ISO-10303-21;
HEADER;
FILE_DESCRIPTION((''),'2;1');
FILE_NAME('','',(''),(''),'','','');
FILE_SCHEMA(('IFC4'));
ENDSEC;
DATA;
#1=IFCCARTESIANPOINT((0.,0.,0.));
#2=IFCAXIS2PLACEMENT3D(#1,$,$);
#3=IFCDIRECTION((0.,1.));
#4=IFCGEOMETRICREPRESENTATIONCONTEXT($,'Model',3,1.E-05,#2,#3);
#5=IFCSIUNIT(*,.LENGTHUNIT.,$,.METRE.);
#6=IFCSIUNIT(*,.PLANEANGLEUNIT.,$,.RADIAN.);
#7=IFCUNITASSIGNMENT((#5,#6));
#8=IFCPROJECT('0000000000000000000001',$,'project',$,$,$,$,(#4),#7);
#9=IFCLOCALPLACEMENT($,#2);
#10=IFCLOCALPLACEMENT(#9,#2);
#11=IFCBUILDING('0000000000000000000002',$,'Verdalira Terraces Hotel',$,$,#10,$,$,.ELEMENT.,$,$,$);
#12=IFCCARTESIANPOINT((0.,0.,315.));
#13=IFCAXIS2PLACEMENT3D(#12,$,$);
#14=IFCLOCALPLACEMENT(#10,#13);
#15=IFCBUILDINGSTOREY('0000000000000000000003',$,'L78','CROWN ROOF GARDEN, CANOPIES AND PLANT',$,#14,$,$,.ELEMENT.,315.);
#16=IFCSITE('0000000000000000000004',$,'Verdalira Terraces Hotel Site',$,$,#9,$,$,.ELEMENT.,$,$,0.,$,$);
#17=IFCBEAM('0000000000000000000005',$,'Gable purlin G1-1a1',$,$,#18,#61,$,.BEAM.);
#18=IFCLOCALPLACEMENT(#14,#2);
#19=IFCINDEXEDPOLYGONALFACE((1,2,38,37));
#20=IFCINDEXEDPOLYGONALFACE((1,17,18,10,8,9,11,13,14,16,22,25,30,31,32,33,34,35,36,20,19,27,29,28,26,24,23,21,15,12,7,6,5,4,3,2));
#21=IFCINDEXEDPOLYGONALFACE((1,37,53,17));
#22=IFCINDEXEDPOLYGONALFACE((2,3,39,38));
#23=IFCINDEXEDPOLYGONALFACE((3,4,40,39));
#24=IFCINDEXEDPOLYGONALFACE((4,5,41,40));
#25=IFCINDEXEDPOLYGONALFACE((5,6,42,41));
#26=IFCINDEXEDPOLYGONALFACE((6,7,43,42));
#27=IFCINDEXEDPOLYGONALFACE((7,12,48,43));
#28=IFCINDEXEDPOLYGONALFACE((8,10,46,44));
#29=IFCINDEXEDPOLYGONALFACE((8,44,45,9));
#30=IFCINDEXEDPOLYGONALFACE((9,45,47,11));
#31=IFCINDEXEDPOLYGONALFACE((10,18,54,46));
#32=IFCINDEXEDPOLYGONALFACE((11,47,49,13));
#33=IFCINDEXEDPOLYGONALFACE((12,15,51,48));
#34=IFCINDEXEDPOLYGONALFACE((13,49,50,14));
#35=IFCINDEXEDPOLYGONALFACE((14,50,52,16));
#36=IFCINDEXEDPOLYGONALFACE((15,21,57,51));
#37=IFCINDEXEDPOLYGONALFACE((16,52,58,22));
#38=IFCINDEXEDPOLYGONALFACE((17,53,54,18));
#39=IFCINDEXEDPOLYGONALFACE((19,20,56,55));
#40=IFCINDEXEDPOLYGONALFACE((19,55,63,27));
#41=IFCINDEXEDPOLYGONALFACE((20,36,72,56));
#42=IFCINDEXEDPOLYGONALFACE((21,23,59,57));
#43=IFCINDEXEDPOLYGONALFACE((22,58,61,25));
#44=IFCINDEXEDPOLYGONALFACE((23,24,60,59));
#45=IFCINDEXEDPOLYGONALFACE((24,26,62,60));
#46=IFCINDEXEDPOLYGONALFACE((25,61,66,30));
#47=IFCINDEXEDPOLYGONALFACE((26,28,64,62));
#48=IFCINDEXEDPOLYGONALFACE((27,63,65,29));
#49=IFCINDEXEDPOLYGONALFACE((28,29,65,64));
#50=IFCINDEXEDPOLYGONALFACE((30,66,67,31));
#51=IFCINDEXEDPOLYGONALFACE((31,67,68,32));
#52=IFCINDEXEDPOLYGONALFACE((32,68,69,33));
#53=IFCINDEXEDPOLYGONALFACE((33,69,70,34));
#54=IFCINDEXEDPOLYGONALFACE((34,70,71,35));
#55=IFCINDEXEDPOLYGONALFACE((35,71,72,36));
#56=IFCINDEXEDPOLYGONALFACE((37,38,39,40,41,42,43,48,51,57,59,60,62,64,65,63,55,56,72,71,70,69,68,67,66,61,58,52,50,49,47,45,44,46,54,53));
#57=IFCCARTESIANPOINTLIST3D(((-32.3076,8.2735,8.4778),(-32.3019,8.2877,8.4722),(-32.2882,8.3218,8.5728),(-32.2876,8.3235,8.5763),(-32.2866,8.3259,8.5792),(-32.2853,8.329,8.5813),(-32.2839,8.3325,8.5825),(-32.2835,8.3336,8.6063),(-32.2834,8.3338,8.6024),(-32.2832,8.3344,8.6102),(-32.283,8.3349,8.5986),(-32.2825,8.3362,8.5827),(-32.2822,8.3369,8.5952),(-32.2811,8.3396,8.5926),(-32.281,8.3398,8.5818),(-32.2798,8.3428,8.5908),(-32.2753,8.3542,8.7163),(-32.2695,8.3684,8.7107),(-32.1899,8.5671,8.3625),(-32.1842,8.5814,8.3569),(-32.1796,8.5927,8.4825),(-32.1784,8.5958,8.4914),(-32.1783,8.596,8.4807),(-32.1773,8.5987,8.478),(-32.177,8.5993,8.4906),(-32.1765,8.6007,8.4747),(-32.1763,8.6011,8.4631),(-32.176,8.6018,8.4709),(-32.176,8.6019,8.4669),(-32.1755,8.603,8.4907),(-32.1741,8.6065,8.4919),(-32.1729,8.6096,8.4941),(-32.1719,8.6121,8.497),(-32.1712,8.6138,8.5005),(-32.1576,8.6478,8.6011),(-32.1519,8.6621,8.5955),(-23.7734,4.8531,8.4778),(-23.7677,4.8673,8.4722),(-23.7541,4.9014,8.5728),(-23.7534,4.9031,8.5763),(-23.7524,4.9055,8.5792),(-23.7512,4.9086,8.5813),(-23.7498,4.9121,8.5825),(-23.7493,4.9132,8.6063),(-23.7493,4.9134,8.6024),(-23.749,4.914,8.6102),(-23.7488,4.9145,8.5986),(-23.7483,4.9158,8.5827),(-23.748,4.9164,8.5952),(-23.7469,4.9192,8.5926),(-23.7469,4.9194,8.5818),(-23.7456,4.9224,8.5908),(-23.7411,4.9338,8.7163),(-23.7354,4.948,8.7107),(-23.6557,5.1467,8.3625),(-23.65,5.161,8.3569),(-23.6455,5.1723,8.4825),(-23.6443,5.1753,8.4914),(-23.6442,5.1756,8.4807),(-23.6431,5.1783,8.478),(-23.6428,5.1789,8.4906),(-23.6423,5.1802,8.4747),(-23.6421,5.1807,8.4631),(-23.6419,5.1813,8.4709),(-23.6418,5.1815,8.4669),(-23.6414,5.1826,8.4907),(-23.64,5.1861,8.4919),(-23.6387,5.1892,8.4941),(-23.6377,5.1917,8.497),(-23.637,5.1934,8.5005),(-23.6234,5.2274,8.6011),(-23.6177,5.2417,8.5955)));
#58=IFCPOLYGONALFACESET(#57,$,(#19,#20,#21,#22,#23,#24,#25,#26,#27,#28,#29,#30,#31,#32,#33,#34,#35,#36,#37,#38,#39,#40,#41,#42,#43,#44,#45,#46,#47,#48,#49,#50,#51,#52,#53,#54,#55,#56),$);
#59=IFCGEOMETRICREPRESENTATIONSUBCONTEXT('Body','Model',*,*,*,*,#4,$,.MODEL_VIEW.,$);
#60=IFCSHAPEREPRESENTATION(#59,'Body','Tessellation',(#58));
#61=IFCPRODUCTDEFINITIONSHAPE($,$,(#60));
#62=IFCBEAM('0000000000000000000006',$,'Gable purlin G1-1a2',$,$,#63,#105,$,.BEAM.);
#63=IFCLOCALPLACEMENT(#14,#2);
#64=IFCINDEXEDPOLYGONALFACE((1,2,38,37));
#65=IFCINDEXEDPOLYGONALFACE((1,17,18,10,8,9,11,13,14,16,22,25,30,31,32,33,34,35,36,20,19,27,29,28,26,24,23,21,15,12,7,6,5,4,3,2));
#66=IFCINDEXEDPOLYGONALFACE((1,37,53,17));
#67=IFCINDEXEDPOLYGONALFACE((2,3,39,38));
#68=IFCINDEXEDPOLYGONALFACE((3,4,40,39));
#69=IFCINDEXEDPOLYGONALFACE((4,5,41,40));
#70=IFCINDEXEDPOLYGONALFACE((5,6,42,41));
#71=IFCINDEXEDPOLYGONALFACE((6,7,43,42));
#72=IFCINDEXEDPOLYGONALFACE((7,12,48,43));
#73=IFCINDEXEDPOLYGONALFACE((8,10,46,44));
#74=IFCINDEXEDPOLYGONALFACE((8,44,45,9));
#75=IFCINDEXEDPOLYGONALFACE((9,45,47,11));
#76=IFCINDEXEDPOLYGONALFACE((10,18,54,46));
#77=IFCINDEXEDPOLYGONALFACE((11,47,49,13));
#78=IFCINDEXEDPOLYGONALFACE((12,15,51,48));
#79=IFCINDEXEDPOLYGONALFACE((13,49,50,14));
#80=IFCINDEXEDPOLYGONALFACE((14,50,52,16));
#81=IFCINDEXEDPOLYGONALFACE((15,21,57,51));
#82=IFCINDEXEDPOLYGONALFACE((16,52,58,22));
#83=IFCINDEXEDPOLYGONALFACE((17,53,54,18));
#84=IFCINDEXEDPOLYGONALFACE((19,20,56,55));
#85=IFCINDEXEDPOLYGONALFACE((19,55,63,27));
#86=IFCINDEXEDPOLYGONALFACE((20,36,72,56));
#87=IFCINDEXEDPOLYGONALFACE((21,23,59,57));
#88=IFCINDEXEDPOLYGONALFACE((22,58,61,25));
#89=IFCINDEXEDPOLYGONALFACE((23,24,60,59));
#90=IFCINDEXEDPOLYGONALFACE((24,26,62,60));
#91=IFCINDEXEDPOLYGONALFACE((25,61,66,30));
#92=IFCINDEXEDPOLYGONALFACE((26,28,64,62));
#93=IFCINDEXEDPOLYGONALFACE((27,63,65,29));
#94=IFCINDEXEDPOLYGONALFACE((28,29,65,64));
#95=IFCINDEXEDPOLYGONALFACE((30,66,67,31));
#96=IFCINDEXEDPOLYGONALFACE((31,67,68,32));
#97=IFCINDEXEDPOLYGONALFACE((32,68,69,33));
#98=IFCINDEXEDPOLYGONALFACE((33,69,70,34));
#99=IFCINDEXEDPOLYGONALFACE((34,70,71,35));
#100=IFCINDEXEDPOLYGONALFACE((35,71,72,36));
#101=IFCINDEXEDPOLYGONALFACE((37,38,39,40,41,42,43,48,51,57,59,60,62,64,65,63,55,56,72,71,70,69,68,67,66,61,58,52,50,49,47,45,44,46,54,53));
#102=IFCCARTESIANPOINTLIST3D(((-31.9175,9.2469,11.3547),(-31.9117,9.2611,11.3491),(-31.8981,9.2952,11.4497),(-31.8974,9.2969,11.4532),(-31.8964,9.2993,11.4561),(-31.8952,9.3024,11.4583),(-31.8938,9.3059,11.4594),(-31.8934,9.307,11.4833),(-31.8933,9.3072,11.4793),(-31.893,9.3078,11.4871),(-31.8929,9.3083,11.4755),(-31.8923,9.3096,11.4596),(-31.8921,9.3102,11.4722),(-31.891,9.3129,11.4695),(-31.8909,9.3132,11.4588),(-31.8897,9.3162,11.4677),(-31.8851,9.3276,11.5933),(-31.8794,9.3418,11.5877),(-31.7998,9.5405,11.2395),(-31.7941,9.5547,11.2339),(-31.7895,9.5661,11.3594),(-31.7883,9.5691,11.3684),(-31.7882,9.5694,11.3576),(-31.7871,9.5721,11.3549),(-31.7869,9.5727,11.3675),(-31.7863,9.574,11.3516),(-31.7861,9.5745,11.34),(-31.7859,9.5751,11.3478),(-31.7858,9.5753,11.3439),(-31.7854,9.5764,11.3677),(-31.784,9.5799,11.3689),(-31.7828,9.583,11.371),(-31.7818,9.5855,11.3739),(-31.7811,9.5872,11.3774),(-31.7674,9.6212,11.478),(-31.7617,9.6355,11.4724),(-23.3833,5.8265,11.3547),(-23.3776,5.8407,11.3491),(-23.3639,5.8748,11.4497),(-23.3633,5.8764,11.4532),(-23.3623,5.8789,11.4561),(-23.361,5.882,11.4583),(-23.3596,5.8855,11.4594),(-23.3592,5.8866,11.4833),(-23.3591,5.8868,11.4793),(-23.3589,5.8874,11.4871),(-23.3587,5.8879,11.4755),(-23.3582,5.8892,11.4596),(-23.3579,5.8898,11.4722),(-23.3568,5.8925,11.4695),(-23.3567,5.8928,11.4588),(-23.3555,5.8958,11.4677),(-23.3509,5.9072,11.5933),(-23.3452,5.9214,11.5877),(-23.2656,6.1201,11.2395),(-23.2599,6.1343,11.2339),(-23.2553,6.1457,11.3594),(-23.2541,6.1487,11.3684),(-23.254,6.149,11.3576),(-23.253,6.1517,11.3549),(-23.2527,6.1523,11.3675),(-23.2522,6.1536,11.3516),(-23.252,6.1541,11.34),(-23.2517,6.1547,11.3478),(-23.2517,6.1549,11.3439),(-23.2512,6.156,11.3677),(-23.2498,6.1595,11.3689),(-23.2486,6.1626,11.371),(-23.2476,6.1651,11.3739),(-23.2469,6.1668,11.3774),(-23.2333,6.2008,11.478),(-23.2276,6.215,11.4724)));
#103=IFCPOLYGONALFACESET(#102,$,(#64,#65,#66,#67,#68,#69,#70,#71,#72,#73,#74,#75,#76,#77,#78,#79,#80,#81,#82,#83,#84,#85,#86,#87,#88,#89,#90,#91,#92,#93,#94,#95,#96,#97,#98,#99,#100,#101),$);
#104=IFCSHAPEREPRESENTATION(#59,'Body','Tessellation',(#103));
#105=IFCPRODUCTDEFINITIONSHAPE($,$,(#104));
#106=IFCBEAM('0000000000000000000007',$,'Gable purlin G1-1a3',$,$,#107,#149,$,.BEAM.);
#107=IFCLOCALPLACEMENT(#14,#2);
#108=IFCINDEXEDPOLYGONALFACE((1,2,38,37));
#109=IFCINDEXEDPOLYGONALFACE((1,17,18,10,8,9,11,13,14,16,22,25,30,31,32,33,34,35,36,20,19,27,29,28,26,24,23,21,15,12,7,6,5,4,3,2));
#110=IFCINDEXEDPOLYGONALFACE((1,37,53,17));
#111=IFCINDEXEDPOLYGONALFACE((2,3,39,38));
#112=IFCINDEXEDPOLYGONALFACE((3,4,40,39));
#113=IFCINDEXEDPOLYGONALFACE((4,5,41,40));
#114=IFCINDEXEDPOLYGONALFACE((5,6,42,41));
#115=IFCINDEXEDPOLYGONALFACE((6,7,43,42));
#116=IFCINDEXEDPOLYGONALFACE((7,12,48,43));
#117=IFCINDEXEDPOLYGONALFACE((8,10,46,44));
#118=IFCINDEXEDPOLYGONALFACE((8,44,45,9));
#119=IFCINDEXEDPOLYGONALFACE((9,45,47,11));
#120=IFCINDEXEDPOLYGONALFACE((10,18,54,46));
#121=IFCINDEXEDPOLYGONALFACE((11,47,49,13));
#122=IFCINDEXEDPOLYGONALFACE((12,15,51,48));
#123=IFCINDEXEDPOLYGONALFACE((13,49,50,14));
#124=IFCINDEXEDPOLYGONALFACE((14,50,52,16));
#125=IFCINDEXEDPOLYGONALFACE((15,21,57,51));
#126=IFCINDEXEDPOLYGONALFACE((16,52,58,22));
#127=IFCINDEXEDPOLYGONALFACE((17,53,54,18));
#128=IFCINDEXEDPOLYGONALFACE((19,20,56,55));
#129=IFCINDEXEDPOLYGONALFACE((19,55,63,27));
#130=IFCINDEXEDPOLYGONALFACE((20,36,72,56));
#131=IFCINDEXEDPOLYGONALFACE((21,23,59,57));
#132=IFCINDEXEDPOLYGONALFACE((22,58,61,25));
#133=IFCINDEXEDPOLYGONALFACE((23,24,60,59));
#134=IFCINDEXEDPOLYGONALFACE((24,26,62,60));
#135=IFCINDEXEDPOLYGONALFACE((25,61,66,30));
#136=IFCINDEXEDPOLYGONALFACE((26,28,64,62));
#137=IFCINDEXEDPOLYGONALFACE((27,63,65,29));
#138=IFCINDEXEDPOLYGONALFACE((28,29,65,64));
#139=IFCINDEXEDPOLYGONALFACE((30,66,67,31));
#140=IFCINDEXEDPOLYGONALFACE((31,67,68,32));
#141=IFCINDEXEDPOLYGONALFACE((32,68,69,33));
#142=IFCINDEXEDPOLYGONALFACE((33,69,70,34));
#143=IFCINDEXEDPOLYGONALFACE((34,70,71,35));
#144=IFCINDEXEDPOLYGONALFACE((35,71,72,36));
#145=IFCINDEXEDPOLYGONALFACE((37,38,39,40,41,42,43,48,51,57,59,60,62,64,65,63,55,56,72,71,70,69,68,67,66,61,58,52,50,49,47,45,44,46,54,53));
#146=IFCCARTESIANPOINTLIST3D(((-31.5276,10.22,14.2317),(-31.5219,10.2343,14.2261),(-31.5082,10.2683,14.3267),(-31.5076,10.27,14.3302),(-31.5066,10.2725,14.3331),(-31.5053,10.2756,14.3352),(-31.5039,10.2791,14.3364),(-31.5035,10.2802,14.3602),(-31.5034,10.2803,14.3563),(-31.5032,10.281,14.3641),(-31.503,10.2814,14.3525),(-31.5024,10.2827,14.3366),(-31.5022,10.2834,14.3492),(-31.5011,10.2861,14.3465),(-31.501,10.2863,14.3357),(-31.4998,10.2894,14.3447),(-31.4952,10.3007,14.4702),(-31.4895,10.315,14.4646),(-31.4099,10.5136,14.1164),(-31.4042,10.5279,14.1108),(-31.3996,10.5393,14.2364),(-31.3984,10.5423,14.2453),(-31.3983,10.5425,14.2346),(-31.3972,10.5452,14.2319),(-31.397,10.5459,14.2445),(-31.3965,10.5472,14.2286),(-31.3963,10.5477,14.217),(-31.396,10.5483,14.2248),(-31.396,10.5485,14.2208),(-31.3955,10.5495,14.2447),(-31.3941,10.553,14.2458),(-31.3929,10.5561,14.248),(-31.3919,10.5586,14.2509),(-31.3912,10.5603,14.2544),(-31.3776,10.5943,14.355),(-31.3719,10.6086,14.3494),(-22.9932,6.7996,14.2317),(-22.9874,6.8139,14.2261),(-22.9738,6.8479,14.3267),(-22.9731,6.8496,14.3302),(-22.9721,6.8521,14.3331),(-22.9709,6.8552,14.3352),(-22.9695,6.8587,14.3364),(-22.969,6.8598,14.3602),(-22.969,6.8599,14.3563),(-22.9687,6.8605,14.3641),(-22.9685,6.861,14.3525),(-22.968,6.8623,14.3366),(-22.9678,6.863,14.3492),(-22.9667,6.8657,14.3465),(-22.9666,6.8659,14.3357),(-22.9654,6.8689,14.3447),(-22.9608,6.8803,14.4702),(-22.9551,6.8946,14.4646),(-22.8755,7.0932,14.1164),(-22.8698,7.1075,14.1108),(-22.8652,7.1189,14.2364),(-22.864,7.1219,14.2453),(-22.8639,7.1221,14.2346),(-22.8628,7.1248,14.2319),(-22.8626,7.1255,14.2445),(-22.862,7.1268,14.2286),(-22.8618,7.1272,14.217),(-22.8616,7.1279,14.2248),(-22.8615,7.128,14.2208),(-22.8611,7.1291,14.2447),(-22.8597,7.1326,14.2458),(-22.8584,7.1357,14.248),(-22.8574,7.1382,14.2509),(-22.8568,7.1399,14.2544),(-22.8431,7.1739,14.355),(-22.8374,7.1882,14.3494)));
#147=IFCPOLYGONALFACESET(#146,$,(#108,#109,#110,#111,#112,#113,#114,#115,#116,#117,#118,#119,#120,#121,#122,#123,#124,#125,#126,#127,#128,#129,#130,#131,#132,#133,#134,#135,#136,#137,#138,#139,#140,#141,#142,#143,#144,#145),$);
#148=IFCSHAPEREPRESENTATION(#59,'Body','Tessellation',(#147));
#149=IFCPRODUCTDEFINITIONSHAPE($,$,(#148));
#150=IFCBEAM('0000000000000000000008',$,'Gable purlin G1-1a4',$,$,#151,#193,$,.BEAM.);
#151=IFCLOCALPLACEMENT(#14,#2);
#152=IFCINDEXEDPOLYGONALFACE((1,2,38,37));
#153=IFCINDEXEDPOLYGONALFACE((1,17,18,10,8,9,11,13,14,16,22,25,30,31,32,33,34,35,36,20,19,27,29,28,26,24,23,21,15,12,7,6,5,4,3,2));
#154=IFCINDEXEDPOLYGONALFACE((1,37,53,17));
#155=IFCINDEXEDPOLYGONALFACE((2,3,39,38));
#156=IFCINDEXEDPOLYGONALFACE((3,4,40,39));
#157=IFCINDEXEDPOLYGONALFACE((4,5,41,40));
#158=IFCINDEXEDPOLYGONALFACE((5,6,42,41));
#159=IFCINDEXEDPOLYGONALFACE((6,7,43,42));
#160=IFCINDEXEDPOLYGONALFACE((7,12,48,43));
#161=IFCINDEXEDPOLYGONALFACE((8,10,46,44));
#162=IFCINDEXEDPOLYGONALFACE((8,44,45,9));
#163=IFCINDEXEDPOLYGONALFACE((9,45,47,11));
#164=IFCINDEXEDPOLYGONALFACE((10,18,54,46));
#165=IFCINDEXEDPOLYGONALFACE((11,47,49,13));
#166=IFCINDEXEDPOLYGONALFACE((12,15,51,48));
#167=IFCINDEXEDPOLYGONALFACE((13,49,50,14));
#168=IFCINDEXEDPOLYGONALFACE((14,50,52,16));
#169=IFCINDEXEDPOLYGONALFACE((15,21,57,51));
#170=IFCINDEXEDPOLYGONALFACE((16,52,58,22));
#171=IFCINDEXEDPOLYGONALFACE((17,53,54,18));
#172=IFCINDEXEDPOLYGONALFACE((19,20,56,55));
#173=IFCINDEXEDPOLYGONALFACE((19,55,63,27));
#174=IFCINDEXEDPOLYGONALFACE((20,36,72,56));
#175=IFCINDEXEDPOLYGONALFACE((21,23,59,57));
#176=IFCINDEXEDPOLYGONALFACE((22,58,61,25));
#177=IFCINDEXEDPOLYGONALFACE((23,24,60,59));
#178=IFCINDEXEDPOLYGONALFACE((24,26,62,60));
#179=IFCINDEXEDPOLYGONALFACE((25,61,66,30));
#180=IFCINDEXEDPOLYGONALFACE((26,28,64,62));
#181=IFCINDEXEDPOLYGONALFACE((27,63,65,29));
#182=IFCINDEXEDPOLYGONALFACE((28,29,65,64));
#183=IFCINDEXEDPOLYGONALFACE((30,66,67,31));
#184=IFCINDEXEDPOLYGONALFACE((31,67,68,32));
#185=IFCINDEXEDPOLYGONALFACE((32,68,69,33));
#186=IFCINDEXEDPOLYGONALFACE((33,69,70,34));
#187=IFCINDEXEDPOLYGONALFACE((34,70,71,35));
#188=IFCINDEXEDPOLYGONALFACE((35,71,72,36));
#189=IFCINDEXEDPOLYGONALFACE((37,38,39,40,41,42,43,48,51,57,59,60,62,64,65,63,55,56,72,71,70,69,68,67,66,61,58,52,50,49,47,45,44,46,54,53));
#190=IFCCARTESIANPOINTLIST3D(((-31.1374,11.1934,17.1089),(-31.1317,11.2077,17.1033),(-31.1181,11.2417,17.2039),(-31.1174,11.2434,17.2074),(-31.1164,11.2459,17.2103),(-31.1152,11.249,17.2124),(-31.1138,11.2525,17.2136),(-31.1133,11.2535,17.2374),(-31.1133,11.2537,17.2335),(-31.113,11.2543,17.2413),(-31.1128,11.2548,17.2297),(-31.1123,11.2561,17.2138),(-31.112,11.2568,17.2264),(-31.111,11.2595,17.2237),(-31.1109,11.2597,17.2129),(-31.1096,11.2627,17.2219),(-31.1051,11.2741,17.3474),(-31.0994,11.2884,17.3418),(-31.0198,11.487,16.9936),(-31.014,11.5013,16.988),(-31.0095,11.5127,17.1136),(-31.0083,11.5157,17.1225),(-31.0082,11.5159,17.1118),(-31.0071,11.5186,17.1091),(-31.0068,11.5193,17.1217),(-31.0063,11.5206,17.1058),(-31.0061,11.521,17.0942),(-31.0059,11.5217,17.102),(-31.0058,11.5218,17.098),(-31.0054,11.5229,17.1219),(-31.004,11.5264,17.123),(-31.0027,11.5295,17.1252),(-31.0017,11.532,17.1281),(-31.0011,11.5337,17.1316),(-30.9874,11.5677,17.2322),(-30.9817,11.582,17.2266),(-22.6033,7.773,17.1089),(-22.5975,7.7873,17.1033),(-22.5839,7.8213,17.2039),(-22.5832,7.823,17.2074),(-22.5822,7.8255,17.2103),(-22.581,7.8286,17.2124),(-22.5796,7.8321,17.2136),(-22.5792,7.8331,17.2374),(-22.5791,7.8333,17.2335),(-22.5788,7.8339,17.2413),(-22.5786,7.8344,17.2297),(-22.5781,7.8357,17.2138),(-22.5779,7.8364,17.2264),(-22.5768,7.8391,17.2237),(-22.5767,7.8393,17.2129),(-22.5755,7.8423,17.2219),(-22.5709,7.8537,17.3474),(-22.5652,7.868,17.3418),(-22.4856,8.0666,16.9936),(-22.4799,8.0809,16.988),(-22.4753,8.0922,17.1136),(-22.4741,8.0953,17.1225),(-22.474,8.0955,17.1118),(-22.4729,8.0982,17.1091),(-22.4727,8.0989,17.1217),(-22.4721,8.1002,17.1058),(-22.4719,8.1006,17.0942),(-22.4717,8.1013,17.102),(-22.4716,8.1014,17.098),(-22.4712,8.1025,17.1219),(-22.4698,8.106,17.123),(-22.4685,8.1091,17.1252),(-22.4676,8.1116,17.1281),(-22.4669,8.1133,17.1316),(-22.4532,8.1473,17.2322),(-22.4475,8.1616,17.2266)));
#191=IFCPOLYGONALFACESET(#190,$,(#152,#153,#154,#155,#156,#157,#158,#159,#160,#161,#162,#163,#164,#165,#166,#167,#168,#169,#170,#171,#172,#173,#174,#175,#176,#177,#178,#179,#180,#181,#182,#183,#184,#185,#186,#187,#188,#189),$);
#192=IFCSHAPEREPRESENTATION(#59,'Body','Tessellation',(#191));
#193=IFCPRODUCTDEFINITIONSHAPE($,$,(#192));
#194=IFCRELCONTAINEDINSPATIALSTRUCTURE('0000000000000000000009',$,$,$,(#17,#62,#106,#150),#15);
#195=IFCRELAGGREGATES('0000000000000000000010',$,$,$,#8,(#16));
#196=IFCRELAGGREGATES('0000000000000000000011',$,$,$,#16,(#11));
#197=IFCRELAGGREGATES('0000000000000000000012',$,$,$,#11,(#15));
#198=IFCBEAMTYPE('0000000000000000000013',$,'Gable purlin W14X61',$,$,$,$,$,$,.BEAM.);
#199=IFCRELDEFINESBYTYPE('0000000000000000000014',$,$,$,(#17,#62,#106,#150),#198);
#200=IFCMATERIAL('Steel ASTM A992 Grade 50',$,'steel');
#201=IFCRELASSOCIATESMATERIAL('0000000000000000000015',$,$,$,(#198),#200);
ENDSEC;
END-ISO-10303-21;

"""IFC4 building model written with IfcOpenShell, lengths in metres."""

from ifc_helpers import new_model, si_unit, direction, frame, origin, origin_2d, place, context, subcontext, project, spatial, i_section, extrude, material, material_profile, profile_set, type_object, element, save


model = new_model("IFC4")

# Units and contexts
model_context = context("Model", 3, precision=1e-05, world=origin(), true_north=direction((0.0, 1.0)))
body_context = subcontext(model_context, "Body", "Model", "MODEL_VIEW")
ifc_project = project(units=[si_unit("LENGTHUNIT", "METRE"), si_unit("PLANEANGLEUNIT", "RADIAN")], contexts=[model_context])

# Site, building, storey
site_placement = place(None, origin())
site = spatial("IfcSite", under=ifc_project, at=site_placement, Name="Verdalira Terraces Hotel Site", CompositionType="ELEMENT", RefElevation=0.0)
building_placement = place(site_placement, origin())
building = spatial("IfcBuilding", under=site, at=building_placement, Name="Verdalira Terraces Hotel", CompositionType="ELEMENT")
storey_placement = place(building_placement, frame((0.0, 0.0, 315.0)))
storey = spatial("IfcBuildingStorey", under=building, at=storey_placement, Name="L78", Description="CROWN ROOF GARDEN, CANOPIES AND PLANT", CompositionType="ELEMENT", Elevation=315.0)

# Beams
ifc_material_1 = material(Name="Steel ASTM A992 Grade 50", Category="steel")
ifc_material_profile_1 = material_profile(ifc_material_1, i_section(OverallWidth=0.2539, OverallDepth=0.353, WebThickness=0.0095, FlangeThickness=0.0164, FilletRadius=0.0151, at=origin_2d()), Name="W14X61")
ifc_profile_set_1 = profile_set([ifc_material_profile_1], Name="Steel ASTM A992 Grade 50")
beam_type_1 = type_object("IfcBeamType", Name="Gable purlin W14X61", PredefinedType="BEAM", material=ifc_profile_set_1)
for number, where, z_axis, x_axis, name in (
    (1, (-23.6956, 5.0474, 8.5366), (-0.928224, 0.372022, 0.0), (-0.127389, -0.317844, -0.939546), "Gable purlin G1-1a1"),
    (2, (-23.3054, 6.0208, 11.4136), (-0.928224, 0.372022, 0.0), (-0.127389, -0.317844, -0.939546), "Gable purlin G1-1a2"),
):
    element("IfcBeam", number, at=place(storey_placement, frame(where, z_axis=z_axis, x_axis=x_axis)), inside=storey, type_object=beam_type_1, Name=name, PredefinedType="BEAM", context=body_context, shape_type="SweptSolid", body=[
        extrude(i_section(OverallWidth=0.2539, OverallDepth=0.353, WebThickness=0.0095, FlangeThickness=0.0164, FilletRadius=0.0151, at=origin_2d()), origin(), (0.0, 0.0, 1.0), 9.1941),
    ])
beam_1_placement = place(storey_placement, frame((-22.9153, 6.9939, 14.2905), z_axis=(-0.928227, 0.372013, 0.0), x_axis=(-0.127385, -0.317845, -0.939546)))
element("IfcBeam", 3, at=beam_1_placement, inside=storey, type_object=beam_type_1, Name="Gable purlin G1-1a3", PredefinedType="BEAM", context=body_context, shape_type="SweptSolid", body=[
    extrude(i_section(OverallWidth=0.2539, OverallDepth=0.353, WebThickness=0.0095, FlangeThickness=0.0164, FilletRadius=0.0151, at=origin_2d()), origin(), (0.0, 0.0, 1.0), 9.1943),
])
beam_2_placement = place(storey_placement, frame((-22.5254, 7.9673, 17.1677), z_axis=(-0.928224, 0.372022, 0.0), x_axis=(-0.127389, -0.317844, -0.939546)))
element("IfcBeam", 4, at=beam_2_placement, inside=storey, type_object=beam_type_1, Name="Gable purlin G1-1a4", PredefinedType="BEAM", context=body_context, shape_type="SweptSolid", body=[
    extrude(i_section(OverallWidth=0.2539, OverallDepth=0.353, WebThickness=0.0095, FlangeThickness=0.0164, FilletRadius=0.0151, at=origin_2d()), origin(), (0.0, 0.0, 1.0), 9.1941),
])

save(model, "model.ifc")
